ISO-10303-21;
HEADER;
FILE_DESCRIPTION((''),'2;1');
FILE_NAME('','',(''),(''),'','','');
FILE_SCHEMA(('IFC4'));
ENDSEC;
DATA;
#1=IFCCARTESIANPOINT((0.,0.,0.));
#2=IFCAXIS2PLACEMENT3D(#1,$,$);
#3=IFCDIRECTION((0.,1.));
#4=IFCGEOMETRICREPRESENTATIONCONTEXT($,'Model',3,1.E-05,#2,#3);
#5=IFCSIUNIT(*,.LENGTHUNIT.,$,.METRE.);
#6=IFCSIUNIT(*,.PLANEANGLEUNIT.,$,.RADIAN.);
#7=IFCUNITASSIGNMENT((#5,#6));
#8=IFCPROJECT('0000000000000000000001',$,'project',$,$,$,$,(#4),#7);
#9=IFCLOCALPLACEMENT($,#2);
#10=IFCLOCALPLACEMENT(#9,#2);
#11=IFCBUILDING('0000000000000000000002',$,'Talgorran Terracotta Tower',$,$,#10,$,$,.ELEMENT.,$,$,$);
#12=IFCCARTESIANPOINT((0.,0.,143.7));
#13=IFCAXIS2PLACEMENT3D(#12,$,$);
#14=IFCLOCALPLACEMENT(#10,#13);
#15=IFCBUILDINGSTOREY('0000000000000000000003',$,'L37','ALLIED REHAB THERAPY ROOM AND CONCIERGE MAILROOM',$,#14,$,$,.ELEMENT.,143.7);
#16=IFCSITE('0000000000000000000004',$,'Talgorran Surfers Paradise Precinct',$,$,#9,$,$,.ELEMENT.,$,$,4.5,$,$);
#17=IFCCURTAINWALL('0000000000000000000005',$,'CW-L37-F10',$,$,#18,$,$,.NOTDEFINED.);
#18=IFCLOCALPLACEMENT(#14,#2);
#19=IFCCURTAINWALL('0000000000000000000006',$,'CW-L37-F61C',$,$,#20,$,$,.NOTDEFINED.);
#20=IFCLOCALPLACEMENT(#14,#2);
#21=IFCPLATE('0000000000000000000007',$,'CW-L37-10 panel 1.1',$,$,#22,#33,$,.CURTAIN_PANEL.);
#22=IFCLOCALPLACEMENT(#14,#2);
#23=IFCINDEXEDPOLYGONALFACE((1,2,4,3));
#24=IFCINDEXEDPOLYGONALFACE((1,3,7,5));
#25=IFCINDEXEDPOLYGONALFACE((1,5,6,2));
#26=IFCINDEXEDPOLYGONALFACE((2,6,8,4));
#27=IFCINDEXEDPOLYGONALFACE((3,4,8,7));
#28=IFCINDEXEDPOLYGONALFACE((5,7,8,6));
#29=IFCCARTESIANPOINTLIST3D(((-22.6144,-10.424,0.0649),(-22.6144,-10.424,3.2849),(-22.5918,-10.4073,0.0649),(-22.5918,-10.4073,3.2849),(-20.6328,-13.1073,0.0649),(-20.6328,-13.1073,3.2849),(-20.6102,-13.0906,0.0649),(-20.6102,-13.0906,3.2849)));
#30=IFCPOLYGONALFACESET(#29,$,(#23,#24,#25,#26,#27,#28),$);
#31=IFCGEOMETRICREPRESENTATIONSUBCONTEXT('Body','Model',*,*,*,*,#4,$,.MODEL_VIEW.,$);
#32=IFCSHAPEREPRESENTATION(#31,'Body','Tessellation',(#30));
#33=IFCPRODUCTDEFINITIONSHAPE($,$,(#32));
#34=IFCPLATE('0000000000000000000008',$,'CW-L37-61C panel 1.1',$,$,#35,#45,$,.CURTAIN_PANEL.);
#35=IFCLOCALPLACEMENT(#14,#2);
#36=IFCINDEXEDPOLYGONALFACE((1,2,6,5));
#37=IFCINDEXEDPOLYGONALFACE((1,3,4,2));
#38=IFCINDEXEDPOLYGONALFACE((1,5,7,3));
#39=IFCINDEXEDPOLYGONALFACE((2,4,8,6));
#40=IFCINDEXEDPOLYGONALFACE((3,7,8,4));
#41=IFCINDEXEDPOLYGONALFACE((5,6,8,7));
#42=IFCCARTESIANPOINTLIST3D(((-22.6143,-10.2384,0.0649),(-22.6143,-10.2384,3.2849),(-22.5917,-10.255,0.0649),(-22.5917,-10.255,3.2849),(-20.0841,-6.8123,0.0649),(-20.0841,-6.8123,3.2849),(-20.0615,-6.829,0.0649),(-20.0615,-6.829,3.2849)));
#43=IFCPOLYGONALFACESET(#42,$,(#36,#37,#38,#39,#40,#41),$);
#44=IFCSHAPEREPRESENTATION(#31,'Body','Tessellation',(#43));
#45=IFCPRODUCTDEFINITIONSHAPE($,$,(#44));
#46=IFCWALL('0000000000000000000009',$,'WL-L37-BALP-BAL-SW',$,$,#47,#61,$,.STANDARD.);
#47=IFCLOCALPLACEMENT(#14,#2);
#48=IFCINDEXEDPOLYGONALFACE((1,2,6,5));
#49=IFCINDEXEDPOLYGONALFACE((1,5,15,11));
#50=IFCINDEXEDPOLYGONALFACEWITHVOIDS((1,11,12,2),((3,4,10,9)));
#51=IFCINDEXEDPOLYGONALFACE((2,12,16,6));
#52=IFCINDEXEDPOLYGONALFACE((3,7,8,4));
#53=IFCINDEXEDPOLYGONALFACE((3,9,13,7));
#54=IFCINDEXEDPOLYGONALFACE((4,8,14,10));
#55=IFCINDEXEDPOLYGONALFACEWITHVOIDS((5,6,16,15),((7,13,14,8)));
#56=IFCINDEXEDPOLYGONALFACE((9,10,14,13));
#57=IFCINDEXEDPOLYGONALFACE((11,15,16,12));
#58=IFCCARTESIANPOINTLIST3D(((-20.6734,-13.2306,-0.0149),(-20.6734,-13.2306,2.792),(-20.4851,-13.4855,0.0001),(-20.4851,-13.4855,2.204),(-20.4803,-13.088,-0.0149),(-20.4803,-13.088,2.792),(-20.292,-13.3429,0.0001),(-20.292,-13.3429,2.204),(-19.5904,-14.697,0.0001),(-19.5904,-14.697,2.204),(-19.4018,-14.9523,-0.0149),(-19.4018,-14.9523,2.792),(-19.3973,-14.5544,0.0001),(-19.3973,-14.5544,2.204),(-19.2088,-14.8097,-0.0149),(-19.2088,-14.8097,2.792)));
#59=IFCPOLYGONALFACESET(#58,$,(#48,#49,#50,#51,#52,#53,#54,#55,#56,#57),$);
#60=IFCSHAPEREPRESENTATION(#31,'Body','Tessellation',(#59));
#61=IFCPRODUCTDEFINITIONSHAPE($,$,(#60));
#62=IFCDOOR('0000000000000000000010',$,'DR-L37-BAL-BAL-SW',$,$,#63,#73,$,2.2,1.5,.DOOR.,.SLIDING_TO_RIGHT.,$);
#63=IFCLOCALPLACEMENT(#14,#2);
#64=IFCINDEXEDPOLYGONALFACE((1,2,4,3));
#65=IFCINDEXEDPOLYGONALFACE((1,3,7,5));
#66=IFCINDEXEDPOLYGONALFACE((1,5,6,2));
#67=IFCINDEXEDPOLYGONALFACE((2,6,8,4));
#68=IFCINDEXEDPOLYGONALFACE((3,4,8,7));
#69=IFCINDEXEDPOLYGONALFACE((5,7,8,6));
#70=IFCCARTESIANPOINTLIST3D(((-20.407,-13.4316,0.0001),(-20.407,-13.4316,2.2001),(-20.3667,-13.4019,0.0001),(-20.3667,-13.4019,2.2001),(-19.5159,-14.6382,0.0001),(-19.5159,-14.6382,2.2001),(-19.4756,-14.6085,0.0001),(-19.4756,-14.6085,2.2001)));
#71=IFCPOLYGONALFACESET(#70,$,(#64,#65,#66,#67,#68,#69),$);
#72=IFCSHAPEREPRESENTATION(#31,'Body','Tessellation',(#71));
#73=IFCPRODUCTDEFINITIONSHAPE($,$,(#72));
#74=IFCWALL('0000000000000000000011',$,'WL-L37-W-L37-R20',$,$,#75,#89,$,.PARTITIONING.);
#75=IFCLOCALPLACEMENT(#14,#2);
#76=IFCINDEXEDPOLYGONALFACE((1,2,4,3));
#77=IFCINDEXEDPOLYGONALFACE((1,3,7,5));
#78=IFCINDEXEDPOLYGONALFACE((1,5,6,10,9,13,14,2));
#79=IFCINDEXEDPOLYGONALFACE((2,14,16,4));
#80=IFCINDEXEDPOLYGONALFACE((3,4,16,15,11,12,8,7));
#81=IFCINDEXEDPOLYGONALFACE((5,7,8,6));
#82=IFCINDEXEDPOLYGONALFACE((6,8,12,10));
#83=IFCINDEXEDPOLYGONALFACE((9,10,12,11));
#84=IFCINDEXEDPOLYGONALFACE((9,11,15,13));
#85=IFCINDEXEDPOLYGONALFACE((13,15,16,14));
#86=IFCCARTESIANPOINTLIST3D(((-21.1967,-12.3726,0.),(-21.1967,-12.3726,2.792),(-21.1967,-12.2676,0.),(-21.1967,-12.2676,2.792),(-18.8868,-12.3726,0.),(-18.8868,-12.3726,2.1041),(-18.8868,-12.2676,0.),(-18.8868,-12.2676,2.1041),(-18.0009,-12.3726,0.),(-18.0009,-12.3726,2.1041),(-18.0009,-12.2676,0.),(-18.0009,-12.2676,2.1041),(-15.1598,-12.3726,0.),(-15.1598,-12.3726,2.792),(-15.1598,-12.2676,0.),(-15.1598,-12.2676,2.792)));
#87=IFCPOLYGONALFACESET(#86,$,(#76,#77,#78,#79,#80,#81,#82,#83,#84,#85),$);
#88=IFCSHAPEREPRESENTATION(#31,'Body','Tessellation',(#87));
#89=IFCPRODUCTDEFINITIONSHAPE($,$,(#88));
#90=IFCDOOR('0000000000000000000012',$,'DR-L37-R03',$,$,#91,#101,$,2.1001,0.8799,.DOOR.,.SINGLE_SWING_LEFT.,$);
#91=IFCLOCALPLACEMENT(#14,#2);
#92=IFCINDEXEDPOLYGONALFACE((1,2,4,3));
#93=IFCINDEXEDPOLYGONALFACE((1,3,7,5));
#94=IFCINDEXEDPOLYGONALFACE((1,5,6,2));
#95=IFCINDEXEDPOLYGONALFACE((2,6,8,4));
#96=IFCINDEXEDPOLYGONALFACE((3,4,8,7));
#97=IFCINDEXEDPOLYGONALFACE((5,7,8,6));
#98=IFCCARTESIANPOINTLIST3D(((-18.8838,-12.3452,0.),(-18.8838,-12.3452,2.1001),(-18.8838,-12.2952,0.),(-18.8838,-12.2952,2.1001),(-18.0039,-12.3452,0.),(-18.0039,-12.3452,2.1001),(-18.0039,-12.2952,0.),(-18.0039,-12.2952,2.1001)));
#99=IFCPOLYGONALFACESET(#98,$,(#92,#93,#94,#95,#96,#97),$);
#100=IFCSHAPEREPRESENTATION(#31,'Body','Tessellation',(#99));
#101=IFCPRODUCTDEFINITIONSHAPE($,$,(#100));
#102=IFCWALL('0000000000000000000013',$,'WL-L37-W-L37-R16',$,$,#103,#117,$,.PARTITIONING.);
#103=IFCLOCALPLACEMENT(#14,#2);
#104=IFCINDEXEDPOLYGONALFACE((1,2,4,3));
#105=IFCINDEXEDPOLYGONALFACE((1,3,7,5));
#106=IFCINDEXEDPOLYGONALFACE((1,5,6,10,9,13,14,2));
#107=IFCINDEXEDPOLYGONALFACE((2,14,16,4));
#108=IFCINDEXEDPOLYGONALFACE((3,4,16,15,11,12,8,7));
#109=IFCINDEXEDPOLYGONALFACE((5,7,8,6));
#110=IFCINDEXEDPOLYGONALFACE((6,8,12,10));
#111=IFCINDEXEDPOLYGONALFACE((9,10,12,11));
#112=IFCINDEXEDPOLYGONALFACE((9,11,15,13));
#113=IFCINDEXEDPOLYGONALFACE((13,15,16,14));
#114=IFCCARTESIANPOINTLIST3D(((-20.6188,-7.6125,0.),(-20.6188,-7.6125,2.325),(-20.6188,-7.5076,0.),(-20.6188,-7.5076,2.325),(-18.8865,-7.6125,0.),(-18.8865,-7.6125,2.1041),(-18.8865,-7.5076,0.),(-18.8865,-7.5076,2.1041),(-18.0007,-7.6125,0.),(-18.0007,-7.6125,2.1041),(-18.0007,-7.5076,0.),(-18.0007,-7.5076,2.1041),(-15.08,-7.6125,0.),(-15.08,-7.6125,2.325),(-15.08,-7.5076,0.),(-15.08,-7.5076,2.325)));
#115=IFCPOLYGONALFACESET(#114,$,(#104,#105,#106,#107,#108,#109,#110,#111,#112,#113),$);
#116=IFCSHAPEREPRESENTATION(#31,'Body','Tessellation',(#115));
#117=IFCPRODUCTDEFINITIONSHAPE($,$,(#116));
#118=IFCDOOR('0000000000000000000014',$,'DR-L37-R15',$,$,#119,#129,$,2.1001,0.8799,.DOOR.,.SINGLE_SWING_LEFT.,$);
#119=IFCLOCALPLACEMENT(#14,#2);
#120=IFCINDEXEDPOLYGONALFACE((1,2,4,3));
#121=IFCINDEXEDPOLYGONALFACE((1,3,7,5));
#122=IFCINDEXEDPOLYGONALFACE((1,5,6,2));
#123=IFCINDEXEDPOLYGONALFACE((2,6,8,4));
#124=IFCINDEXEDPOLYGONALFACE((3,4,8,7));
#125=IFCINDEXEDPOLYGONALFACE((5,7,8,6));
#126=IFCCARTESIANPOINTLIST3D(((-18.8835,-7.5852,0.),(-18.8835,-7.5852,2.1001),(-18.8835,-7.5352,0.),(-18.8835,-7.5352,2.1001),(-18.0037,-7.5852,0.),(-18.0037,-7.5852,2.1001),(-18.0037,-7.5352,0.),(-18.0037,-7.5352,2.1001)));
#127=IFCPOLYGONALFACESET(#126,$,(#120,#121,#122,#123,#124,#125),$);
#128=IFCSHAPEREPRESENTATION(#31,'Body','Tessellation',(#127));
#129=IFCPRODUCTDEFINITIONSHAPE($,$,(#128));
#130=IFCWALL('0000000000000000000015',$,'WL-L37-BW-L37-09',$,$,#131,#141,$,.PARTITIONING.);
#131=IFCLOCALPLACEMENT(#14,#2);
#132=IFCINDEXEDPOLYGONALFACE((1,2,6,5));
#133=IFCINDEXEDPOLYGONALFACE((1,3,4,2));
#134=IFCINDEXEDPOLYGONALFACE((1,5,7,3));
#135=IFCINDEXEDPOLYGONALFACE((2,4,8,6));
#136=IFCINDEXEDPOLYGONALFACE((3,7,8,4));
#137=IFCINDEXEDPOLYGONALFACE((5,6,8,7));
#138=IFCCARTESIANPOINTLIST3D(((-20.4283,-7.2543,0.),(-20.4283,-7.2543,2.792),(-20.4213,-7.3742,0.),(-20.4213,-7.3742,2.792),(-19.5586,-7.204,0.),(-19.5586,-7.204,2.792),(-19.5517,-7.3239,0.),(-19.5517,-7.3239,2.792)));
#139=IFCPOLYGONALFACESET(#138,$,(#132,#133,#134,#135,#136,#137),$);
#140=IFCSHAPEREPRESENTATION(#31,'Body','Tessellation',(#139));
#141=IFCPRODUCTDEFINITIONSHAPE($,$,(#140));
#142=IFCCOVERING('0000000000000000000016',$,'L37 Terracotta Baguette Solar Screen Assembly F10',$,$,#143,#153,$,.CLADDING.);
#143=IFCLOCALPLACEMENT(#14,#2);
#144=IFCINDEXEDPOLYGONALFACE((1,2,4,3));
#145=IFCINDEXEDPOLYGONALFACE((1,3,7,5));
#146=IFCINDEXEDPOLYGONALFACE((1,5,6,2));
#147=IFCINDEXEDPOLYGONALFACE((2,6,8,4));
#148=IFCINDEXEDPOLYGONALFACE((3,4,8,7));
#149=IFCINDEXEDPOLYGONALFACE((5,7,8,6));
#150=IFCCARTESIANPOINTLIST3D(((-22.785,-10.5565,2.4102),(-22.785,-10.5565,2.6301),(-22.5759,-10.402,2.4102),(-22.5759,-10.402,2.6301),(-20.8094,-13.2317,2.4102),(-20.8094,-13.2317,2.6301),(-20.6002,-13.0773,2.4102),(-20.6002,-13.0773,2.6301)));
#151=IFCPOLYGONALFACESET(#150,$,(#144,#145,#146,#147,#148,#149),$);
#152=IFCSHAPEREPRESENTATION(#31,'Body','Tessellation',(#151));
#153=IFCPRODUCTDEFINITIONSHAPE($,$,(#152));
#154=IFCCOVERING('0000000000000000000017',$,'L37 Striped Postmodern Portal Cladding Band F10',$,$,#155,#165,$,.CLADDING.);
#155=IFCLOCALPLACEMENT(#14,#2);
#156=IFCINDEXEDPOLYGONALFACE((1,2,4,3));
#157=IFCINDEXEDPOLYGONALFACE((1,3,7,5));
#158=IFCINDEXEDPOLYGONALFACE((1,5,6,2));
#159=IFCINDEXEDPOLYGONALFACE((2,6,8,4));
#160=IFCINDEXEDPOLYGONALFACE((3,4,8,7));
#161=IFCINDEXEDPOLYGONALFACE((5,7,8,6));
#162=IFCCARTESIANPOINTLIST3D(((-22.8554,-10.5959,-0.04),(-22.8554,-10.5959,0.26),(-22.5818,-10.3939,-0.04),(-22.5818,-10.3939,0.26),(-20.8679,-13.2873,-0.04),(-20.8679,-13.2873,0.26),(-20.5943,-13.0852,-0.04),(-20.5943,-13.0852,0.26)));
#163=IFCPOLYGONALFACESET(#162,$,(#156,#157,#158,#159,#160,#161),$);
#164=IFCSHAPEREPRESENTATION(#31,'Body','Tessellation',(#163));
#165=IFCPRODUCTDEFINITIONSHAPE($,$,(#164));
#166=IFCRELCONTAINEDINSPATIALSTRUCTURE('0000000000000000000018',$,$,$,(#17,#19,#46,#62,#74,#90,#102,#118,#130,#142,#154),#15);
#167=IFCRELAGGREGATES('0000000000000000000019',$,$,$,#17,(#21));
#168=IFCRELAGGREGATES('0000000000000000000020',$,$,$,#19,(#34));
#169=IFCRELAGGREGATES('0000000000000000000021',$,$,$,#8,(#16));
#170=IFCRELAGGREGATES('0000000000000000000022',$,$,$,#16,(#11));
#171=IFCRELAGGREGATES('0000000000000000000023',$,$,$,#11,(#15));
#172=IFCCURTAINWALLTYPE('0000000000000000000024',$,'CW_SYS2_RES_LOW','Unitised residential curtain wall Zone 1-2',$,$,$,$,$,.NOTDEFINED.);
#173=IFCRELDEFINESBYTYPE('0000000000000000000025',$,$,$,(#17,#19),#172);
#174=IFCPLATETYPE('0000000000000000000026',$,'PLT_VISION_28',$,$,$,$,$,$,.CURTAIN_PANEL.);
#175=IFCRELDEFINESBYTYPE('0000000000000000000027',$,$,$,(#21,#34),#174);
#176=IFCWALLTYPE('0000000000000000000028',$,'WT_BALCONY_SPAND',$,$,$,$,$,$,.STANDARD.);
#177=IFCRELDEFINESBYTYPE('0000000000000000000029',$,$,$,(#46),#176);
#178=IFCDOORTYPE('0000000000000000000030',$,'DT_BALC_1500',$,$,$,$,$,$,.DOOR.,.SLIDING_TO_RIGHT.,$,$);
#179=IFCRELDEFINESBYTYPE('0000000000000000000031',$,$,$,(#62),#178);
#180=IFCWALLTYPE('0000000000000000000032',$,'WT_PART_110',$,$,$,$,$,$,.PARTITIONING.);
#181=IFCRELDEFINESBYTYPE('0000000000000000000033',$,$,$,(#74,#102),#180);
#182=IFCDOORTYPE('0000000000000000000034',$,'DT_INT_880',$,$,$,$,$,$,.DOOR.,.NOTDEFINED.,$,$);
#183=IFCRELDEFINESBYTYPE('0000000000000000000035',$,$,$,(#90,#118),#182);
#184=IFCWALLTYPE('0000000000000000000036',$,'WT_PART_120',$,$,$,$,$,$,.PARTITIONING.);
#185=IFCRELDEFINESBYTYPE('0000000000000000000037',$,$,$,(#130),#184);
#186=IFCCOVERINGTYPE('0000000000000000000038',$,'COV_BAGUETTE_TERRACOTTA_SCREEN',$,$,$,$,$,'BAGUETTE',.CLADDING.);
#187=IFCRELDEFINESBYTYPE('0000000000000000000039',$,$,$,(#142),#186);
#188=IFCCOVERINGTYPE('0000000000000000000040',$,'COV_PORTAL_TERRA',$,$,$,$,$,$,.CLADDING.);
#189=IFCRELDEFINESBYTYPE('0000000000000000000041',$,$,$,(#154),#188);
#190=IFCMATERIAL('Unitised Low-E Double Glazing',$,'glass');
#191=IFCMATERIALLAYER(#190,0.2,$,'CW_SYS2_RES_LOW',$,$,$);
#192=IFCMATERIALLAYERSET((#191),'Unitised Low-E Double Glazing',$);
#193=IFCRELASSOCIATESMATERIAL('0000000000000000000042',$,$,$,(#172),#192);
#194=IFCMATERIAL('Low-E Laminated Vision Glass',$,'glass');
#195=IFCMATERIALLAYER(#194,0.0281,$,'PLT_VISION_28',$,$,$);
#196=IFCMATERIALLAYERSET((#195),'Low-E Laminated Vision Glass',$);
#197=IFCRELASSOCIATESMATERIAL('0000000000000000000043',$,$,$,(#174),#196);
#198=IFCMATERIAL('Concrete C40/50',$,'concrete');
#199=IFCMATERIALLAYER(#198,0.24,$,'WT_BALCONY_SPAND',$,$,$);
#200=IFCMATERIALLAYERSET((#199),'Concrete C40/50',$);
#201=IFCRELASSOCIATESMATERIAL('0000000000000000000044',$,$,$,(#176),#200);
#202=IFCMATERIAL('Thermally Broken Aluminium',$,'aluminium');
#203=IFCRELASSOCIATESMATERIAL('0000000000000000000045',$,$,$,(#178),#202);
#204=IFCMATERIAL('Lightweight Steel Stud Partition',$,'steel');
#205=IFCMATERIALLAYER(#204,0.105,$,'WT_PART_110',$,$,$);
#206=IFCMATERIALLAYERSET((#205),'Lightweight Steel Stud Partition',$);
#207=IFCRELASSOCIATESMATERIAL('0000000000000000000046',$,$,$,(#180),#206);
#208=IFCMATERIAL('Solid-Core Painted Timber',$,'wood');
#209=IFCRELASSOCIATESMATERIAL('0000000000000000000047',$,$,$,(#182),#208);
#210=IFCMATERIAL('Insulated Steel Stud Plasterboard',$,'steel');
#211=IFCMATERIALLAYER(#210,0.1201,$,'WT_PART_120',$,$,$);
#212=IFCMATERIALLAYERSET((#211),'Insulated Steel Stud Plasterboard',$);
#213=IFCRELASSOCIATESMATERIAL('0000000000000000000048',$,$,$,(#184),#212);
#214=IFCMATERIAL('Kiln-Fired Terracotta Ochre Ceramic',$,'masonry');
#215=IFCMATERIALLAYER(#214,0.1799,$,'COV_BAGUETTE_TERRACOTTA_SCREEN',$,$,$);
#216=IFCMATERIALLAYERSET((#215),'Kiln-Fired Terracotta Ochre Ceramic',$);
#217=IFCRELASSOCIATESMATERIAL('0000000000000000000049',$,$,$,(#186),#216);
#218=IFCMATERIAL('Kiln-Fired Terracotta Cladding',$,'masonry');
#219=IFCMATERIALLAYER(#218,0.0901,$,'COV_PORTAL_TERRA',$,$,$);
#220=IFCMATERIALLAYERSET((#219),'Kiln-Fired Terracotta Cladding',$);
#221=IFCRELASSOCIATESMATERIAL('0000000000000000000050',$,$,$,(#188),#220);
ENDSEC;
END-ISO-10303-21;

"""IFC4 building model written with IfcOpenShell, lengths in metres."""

from ifc_helpers import new_model, si_unit, direction, frame, frame_2d, origin, origin_2d, place, context, subcontext, project, spatial, rectangle, extrude, source, transform, mapped, material, layer, layer_set, type_object, type_shapes, element, fill, aggregate, save


model = new_model("IFC4")

# Units and contexts
model_context = context("Model", 3, precision=1e-05, world=origin(), true_north=direction((0.0, 1.0)))
body_context = subcontext(model_context, "Body", "Model", "MODEL_VIEW")
ifc_project = project(units=[si_unit("LENGTHUNIT", "METRE"), si_unit("PLANEANGLEUNIT", "RADIAN")], contexts=[model_context])

# Site, building, storey
site_placement = place(None, origin())
site = spatial("IfcSite", under=ifc_project, at=site_placement, Name="Talgorran Surfers Paradise Precinct", CompositionType="ELEMENT", RefElevation=4.5)
building_placement = place(site_placement, origin())
building = spatial("IfcBuilding", under=site, at=building_placement, Name="Talgorran Terracotta Tower", CompositionType="ELEMENT")
storey_placement = place(building_placement, frame((0.0, 0.0, 143.7)))
storey = spatial("IfcBuildingStorey", under=building, at=storey_placement, Name="L37", Description="ALLIED REHAB THERAPY ROOM AND CONCIERGE MAILROOM", CompositionType="ELEMENT", Elevation=143.7)

# Curtain wall
ifc_material_1 = material(Name="Unitised Low-E Double Glazing", Category="glass")
ifc_layer_1 = layer(ifc_material_1, 0.2, Name="CW_SYS2_RES_LOW")
ifc_layer_set_1 = layer_set([ifc_layer_1], Name="Unitised Low-E Double Glazing")
curtain_wall_type = type_object("IfcCurtainWallType", Name="CW_SYS2_RES_LOW", Description="Unitised residential curtain wall Zone 1-2", PredefinedType="NOTDEFINED", material=ifc_layer_set_1)
curtain_wall_1_placement = place(storey_placement, origin())
curtain_wall_1 = element("IfcCurtainWall", 1, at=curtain_wall_1_placement, inside=storey, type_object=curtain_wall_type, Name="CW-L37-F10", PredefinedType="NOTDEFINED")

# Curtain wall
curtain_wall_2_placement = place(storey_placement, origin())
curtain_wall_2 = element("IfcCurtainWall", 2, at=curtain_wall_2_placement, inside=storey, type_object=curtain_wall_type, Name="CW-L37-F61C", PredefinedType="NOTDEFINED")

# Plates
ifc_material_2 = material(Name="Low-E Laminated Vision Glass", Category="glass")
ifc_layer_2 = layer(ifc_material_2, 0.0281, Name="PLT_VISION_28")
ifc_layer_set_2 = layer_set([ifc_layer_2], Name="Low-E Laminated Vision Glass")
plate_type = type_object("IfcPlateType", Name="PLT_VISION_28", PredefinedType="CURTAIN_PANEL", material=ifc_layer_set_2)
shared_shape_1 = source(origin(), body_context, "Body", "SweptSolid", [
    extrude(rectangle(XDim=3.3357, YDim=0.0281, at=origin_2d()), origin(), (0.0, 0.0, 1.0), 3.22),
])
plate_1_placement = place(storey_placement, frame((-21.6123, -11.7573, 0.0649), z_axis=(0.0, 0.0, 1.0), x_axis=(0.59407, -0.804414, 0.0)))
plate_1 = element("IfcPlate", 3, at=plate_1_placement, type_object=plate_type, Name="CW-L37-10 panel 1.1", PredefinedType="CURTAIN_PANEL", context=body_context, shape_type="MappedRepresentation", body=[
    mapped(shared_shape_1, transform((0.0, 0.0, 0.0), scale=1.0)),
])
aggregate(curtain_wall_1, [plate_1])
shared_shape_2 = source(origin(), body_context, "Body", "SweptSolid", [
    extrude(rectangle(XDim=4.259, YDim=0.0281, at=origin_2d()), origin(), (0.0, 0.0, 1.0), 3.22),
])
type_shapes(plate_type, [shared_shape_1, shared_shape_2])
plate_2_placement = place(storey_placement, frame((-21.3379, -8.5337, 0.0649), z_axis=(0.0, 0.0, 1.0), x_axis=(-0.594071, -0.804413, 0.0)))
plate_2 = element("IfcPlate", 4, at=plate_2_placement, type_object=plate_type, Name="CW-L37-61C panel 1.1", PredefinedType="CURTAIN_PANEL", context=body_context, shape_type="MappedRepresentation", body=[
    mapped(shared_shape_2, transform((0.0, 0.0, 0.0), scale=1.0)),
])
aggregate(curtain_wall_2, [plate_2])

# Walls, openings, doors
ifc_material_3 = material(Name="Concrete C40/50", Category="concrete")
ifc_layer_3 = layer(ifc_material_3, 0.24, Name="WT_BALCONY_SPAND")
ifc_layer_set_3 = layer_set([ifc_layer_3], Name="Concrete C40/50")
wall_type_1 = type_object("IfcWallType", Name="WT_BALCONY_SPAND", PredefinedType="STANDARD", material=ifc_layer_set_3)
wall_1_placement = place(storey_placement, frame((-20.5769, -13.1592, -0.0149), z_axis=(0.0, 0.0, 1.0), x_axis=(0.59407, -0.804413, 0.0)))
wall_1 = element("IfcWall", 5, at=wall_1_placement, inside=storey, type_object=wall_type_1, Name="WL-L37-BALP-BAL-SW", PredefinedType="STANDARD", context=body_context, shape_type="SweptSolid", body=[
    extrude(rectangle(XDim=2.1404, YDim=0.24, at=frame_2d((1.0703, 0.0))), origin(), (0.0, 0.0, 1.0), 2.8069),
])
opening_1_placement = place(wall_1_placement, frame((0.3201, 0.0, 0.0149)))
opening_1 = element("IfcOpeningElement", 6, at=opening_1_placement, cuts=wall_1, PredefinedType="OPENING", context=body_context, shape_type="SweptSolid", body=[
    extrude(rectangle(XDim=1.506, YDim=2.204, at=frame_2d((0.75, 1.1021))), frame((0.0, 0.1299, 0.0), z_axis=(0.0, -1.0, 0.0), x_axis=(1.0, 0.0, 0.0)), (0.0, 0.0, 1.0), 0.26),
])
ifc_material_4 = material(Name="Thermally Broken Aluminium", Category="aluminium")
door_type_1 = type_object("IfcDoorType", Name="DT_BALC_1500", OperationType="SLIDING_TO_RIGHT", PredefinedType="DOOR", material=ifc_material_4)
door_1_placement = place(opening_1_placement, origin())
door_1 = element("IfcDoor", 7, at=door_1_placement, inside=storey, type_object=door_type_1, Name="DR-L37-BAL-BAL-SW", OperationType="SLIDING_TO_RIGHT", OverallHeight=2.2, OverallWidth=1.5, PredefinedType="DOOR", context=body_context, shape_type="SweptSolid", body=[
    extrude(rectangle(XDim=1.5, YDim=2.2, at=frame_2d((0.75, 1.1001))), frame((0.0, 0.0249, 0.0), z_axis=(0.0, -1.0, 0.0), x_axis=(1.0, 0.0, 0.0)), (0.0, 0.0, 1.0), 0.05),
])
fill(opening_1, door_1)
ifc_material_5 = material(Name="Lightweight Steel Stud Partition", Category="steel")
ifc_layer_4 = layer(ifc_material_5, 0.105, Name="WT_PART_110")
ifc_layer_set_4 = layer_set([ifc_layer_4], Name="Lightweight Steel Stud Partition")
wall_type_2 = type_object("IfcWallType", Name="WT_PART_110", PredefinedType="PARTITIONING", material=ifc_layer_set_4)
wall_2_placement = place(storey_placement, frame((-21.1968, -12.3201, 0.0), z_axis=(0.0, 0.0, 1.0), x_axis=(1.0, 0.0, 0.0)))
wall_2 = element("IfcWall", 8, at=wall_2_placement, inside=storey, type_object=wall_type_2, Name="WL-L37-W-L37-R20", PredefinedType="PARTITIONING", context=body_context, shape_type="SweptSolid", body=[
    extrude(rectangle(XDim=6.0369, YDim=0.105, at=frame_2d((3.0186, 0.0))), origin(), (0.0, 0.0, 1.0), 2.792),
])
opening_2_placement = place(wall_2_placement, frame((2.313, 0.0, 0.0)))
opening_2 = element("IfcOpeningElement", 9, at=opening_2_placement, cuts=wall_2, PredefinedType="OPENING", context=body_context, shape_type="SweptSolid", body=[
    extrude(rectangle(XDim=0.8859, YDim=2.1041, at=frame_2d((0.4399, 1.052))), frame((0.0, 0.0625, 0.0), z_axis=(0.0, -1.0, 0.0), x_axis=(1.0, 0.0, 0.0)), (0.0, 0.0, 1.0), 0.125),
])
ifc_material_6 = material(Name="Solid-Core Painted Timber", Category="wood")
door_type_2 = type_object("IfcDoorType", Name="DT_INT_880", OperationType="NOTDEFINED", PredefinedType="DOOR", material=ifc_material_6)
door_2_placement = place(opening_2_placement, origin())
door_2 = element("IfcDoor", 10, at=door_2_placement, inside=storey, type_object=door_type_2, Name="DR-L37-R03", OperationType="SINGLE_SWING_LEFT", OverallHeight=2.1001, OverallWidth=0.8799, PredefinedType="DOOR", context=body_context, shape_type="SweptSolid", body=[
    extrude(rectangle(XDim=0.8799, YDim=2.1001, at=frame_2d((0.4399, 1.05))), frame((0.0, 0.0249, 0.0), z_axis=(0.0, -1.0, 0.0), x_axis=(1.0, 0.0, 0.0)), (0.0, 0.0, 1.0), 0.05),
])
fill(opening_2, door_2)
wall_3_placement = place(storey_placement, frame((-20.6189, -7.5601, 0.0), z_axis=(0.0, 0.0, 1.0), x_axis=(1.0, 0.0, 0.0)))
wall_3 = element("IfcWall", 11, at=wall_3_placement, inside=storey, type_object=wall_type_2, Name="WL-L37-W-L37-R16", PredefinedType="PARTITIONING", context=body_context, shape_type="SweptSolid", body=[
    extrude(rectangle(XDim=5.5388, YDim=0.105, at=frame_2d((2.7695, 0.0))), origin(), (0.0, 0.0, 1.0), 2.325),
])
opening_3_placement = place(wall_3_placement, frame((1.7354, 0.0, 0.0)))
opening_3 = element("IfcOpeningElement", 12, at=opening_3_placement, cuts=wall_3, PredefinedType="OPENING", context=body_context, shape_type="SweptSolid", body=[
    extrude(rectangle(XDim=0.8859, YDim=2.1041, at=frame_2d((0.4399, 1.052))), frame((0.0, 0.0625, 0.0), z_axis=(0.0, -1.0, 0.0), x_axis=(1.0, 0.0, 0.0)), (0.0, 0.0, 1.0), 0.125),
])
door_3_placement = place(opening_3_placement, origin())
door_3 = element("IfcDoor", 13, at=door_3_placement, inside=storey, type_object=door_type_2, Name="DR-L37-R15", OperationType="SINGLE_SWING_LEFT", OverallHeight=2.1001, OverallWidth=0.8799, PredefinedType="DOOR", context=body_context, shape_type="SweptSolid", body=[
    extrude(rectangle(XDim=0.8799, YDim=2.1001, at=frame_2d((0.4399, 1.05))), frame((0.0, 0.0249, 0.0), z_axis=(0.0, -1.0, 0.0), x_axis=(1.0, 0.0, 0.0)), (0.0, 0.0, 1.0), 0.05),
])
fill(opening_3, door_3)

# Wall
ifc_material_7 = material(Name="Insulated Steel Stud Plasterboard", Category="steel")
ifc_layer_5 = layer(ifc_material_7, 0.1201, Name="WT_PART_120")
ifc_layer_set_5 = layer_set([ifc_layer_5], Name="Insulated Steel Stud Plasterboard")
wall_type_3 = type_object("IfcWallType", Name="WT_PART_120", PredefinedType="PARTITIONING", material=ifc_layer_set_5)
wall_4_placement = place(storey_placement, frame((-19.5552, -7.2639, 0.0), z_axis=(0.0, 0.0, 1.0), x_axis=(-0.998332, -0.057736, 0.0)))
element("IfcWall", 14, at=wall_4_placement, inside=storey, type_object=wall_type_3, Name="WL-L37-BW-L37-09", PredefinedType="PARTITIONING", context=body_context, shape_type="SweptSolid", body=[
    extrude(rectangle(XDim=0.8711, YDim=0.1201, at=frame_2d((0.4355, 0.0))), origin(), (0.0, 0.0, 1.0), 2.792),
])

# Coverings
ifc_material_8 = material(Name="Kiln-Fired Terracotta Ochre Ceramic", Category="masonry")
ifc_layer_6 = layer(ifc_material_8, 0.1799, Name="COV_BAGUETTE_TERRACOTTA_SCREEN")
ifc_layer_set_6 = layer_set([ifc_layer_6], Name="Kiln-Fired Terracotta Ochre Ceramic")
covering_type_1 = type_object("IfcCoveringType", Name="COV_BAGUETTE_TERRACOTTA_SCREEN", ElementType="BAGUETTE", PredefinedType="CLADDING", material=ifc_layer_set_6)
covering_1_placement = place(storey_placement, frame((-21.6926, -11.8169, 2.4102), z_axis=(0.0, 0.0, 1.0), x_axis=(0.594065, -0.804417, 0.0)))
element("IfcCovering", 15, at=covering_1_placement, inside=storey, type_object=covering_type_1, Name="L37 Terracotta Baguette Solar Screen Assembly F10", PredefinedType="CLADDING", context=body_context, shape_type="SweptSolid", body=[
    extrude(rectangle(XDim=3.3257, YDim=0.26, at=origin_2d()), origin(), (0.0, 0.0, 1.0), 0.22),
])
ifc_material_9 = material(Name="Kiln-Fired Terracotta Cladding", Category="masonry")
ifc_layer_7 = layer(ifc_material_9, 0.0901, Name="COV_PORTAL_TERRA")
ifc_layer_set_7 = layer_set([ifc_layer_7], Name="Kiln-Fired Terracotta Cladding")
covering_type_2 = type_object("IfcCoveringType", Name="COV_PORTAL_TERRA", PredefinedType="CLADDING", material=ifc_layer_set_7)
covering_2_placement = place(storey_placement, frame((-21.7249, -11.8406, -0.04), z_axis=(0.0, 0.0, 1.0), x_axis=(0.594065, -0.804417, 0.0)))
element("IfcCovering", 16, at=covering_2_placement, inside=storey, type_object=covering_type_2, Name="L37 Striped Postmodern Portal Cladding Band F10", PredefinedType="CLADDING", context=body_context, shape_type="SweptSolid", body=[
    extrude(rectangle(XDim=3.3457, YDim=0.3401, at=origin_2d()), origin(), (0.0, 0.0, 1.0), 0.3),
])

save(model, "model.ifc")
